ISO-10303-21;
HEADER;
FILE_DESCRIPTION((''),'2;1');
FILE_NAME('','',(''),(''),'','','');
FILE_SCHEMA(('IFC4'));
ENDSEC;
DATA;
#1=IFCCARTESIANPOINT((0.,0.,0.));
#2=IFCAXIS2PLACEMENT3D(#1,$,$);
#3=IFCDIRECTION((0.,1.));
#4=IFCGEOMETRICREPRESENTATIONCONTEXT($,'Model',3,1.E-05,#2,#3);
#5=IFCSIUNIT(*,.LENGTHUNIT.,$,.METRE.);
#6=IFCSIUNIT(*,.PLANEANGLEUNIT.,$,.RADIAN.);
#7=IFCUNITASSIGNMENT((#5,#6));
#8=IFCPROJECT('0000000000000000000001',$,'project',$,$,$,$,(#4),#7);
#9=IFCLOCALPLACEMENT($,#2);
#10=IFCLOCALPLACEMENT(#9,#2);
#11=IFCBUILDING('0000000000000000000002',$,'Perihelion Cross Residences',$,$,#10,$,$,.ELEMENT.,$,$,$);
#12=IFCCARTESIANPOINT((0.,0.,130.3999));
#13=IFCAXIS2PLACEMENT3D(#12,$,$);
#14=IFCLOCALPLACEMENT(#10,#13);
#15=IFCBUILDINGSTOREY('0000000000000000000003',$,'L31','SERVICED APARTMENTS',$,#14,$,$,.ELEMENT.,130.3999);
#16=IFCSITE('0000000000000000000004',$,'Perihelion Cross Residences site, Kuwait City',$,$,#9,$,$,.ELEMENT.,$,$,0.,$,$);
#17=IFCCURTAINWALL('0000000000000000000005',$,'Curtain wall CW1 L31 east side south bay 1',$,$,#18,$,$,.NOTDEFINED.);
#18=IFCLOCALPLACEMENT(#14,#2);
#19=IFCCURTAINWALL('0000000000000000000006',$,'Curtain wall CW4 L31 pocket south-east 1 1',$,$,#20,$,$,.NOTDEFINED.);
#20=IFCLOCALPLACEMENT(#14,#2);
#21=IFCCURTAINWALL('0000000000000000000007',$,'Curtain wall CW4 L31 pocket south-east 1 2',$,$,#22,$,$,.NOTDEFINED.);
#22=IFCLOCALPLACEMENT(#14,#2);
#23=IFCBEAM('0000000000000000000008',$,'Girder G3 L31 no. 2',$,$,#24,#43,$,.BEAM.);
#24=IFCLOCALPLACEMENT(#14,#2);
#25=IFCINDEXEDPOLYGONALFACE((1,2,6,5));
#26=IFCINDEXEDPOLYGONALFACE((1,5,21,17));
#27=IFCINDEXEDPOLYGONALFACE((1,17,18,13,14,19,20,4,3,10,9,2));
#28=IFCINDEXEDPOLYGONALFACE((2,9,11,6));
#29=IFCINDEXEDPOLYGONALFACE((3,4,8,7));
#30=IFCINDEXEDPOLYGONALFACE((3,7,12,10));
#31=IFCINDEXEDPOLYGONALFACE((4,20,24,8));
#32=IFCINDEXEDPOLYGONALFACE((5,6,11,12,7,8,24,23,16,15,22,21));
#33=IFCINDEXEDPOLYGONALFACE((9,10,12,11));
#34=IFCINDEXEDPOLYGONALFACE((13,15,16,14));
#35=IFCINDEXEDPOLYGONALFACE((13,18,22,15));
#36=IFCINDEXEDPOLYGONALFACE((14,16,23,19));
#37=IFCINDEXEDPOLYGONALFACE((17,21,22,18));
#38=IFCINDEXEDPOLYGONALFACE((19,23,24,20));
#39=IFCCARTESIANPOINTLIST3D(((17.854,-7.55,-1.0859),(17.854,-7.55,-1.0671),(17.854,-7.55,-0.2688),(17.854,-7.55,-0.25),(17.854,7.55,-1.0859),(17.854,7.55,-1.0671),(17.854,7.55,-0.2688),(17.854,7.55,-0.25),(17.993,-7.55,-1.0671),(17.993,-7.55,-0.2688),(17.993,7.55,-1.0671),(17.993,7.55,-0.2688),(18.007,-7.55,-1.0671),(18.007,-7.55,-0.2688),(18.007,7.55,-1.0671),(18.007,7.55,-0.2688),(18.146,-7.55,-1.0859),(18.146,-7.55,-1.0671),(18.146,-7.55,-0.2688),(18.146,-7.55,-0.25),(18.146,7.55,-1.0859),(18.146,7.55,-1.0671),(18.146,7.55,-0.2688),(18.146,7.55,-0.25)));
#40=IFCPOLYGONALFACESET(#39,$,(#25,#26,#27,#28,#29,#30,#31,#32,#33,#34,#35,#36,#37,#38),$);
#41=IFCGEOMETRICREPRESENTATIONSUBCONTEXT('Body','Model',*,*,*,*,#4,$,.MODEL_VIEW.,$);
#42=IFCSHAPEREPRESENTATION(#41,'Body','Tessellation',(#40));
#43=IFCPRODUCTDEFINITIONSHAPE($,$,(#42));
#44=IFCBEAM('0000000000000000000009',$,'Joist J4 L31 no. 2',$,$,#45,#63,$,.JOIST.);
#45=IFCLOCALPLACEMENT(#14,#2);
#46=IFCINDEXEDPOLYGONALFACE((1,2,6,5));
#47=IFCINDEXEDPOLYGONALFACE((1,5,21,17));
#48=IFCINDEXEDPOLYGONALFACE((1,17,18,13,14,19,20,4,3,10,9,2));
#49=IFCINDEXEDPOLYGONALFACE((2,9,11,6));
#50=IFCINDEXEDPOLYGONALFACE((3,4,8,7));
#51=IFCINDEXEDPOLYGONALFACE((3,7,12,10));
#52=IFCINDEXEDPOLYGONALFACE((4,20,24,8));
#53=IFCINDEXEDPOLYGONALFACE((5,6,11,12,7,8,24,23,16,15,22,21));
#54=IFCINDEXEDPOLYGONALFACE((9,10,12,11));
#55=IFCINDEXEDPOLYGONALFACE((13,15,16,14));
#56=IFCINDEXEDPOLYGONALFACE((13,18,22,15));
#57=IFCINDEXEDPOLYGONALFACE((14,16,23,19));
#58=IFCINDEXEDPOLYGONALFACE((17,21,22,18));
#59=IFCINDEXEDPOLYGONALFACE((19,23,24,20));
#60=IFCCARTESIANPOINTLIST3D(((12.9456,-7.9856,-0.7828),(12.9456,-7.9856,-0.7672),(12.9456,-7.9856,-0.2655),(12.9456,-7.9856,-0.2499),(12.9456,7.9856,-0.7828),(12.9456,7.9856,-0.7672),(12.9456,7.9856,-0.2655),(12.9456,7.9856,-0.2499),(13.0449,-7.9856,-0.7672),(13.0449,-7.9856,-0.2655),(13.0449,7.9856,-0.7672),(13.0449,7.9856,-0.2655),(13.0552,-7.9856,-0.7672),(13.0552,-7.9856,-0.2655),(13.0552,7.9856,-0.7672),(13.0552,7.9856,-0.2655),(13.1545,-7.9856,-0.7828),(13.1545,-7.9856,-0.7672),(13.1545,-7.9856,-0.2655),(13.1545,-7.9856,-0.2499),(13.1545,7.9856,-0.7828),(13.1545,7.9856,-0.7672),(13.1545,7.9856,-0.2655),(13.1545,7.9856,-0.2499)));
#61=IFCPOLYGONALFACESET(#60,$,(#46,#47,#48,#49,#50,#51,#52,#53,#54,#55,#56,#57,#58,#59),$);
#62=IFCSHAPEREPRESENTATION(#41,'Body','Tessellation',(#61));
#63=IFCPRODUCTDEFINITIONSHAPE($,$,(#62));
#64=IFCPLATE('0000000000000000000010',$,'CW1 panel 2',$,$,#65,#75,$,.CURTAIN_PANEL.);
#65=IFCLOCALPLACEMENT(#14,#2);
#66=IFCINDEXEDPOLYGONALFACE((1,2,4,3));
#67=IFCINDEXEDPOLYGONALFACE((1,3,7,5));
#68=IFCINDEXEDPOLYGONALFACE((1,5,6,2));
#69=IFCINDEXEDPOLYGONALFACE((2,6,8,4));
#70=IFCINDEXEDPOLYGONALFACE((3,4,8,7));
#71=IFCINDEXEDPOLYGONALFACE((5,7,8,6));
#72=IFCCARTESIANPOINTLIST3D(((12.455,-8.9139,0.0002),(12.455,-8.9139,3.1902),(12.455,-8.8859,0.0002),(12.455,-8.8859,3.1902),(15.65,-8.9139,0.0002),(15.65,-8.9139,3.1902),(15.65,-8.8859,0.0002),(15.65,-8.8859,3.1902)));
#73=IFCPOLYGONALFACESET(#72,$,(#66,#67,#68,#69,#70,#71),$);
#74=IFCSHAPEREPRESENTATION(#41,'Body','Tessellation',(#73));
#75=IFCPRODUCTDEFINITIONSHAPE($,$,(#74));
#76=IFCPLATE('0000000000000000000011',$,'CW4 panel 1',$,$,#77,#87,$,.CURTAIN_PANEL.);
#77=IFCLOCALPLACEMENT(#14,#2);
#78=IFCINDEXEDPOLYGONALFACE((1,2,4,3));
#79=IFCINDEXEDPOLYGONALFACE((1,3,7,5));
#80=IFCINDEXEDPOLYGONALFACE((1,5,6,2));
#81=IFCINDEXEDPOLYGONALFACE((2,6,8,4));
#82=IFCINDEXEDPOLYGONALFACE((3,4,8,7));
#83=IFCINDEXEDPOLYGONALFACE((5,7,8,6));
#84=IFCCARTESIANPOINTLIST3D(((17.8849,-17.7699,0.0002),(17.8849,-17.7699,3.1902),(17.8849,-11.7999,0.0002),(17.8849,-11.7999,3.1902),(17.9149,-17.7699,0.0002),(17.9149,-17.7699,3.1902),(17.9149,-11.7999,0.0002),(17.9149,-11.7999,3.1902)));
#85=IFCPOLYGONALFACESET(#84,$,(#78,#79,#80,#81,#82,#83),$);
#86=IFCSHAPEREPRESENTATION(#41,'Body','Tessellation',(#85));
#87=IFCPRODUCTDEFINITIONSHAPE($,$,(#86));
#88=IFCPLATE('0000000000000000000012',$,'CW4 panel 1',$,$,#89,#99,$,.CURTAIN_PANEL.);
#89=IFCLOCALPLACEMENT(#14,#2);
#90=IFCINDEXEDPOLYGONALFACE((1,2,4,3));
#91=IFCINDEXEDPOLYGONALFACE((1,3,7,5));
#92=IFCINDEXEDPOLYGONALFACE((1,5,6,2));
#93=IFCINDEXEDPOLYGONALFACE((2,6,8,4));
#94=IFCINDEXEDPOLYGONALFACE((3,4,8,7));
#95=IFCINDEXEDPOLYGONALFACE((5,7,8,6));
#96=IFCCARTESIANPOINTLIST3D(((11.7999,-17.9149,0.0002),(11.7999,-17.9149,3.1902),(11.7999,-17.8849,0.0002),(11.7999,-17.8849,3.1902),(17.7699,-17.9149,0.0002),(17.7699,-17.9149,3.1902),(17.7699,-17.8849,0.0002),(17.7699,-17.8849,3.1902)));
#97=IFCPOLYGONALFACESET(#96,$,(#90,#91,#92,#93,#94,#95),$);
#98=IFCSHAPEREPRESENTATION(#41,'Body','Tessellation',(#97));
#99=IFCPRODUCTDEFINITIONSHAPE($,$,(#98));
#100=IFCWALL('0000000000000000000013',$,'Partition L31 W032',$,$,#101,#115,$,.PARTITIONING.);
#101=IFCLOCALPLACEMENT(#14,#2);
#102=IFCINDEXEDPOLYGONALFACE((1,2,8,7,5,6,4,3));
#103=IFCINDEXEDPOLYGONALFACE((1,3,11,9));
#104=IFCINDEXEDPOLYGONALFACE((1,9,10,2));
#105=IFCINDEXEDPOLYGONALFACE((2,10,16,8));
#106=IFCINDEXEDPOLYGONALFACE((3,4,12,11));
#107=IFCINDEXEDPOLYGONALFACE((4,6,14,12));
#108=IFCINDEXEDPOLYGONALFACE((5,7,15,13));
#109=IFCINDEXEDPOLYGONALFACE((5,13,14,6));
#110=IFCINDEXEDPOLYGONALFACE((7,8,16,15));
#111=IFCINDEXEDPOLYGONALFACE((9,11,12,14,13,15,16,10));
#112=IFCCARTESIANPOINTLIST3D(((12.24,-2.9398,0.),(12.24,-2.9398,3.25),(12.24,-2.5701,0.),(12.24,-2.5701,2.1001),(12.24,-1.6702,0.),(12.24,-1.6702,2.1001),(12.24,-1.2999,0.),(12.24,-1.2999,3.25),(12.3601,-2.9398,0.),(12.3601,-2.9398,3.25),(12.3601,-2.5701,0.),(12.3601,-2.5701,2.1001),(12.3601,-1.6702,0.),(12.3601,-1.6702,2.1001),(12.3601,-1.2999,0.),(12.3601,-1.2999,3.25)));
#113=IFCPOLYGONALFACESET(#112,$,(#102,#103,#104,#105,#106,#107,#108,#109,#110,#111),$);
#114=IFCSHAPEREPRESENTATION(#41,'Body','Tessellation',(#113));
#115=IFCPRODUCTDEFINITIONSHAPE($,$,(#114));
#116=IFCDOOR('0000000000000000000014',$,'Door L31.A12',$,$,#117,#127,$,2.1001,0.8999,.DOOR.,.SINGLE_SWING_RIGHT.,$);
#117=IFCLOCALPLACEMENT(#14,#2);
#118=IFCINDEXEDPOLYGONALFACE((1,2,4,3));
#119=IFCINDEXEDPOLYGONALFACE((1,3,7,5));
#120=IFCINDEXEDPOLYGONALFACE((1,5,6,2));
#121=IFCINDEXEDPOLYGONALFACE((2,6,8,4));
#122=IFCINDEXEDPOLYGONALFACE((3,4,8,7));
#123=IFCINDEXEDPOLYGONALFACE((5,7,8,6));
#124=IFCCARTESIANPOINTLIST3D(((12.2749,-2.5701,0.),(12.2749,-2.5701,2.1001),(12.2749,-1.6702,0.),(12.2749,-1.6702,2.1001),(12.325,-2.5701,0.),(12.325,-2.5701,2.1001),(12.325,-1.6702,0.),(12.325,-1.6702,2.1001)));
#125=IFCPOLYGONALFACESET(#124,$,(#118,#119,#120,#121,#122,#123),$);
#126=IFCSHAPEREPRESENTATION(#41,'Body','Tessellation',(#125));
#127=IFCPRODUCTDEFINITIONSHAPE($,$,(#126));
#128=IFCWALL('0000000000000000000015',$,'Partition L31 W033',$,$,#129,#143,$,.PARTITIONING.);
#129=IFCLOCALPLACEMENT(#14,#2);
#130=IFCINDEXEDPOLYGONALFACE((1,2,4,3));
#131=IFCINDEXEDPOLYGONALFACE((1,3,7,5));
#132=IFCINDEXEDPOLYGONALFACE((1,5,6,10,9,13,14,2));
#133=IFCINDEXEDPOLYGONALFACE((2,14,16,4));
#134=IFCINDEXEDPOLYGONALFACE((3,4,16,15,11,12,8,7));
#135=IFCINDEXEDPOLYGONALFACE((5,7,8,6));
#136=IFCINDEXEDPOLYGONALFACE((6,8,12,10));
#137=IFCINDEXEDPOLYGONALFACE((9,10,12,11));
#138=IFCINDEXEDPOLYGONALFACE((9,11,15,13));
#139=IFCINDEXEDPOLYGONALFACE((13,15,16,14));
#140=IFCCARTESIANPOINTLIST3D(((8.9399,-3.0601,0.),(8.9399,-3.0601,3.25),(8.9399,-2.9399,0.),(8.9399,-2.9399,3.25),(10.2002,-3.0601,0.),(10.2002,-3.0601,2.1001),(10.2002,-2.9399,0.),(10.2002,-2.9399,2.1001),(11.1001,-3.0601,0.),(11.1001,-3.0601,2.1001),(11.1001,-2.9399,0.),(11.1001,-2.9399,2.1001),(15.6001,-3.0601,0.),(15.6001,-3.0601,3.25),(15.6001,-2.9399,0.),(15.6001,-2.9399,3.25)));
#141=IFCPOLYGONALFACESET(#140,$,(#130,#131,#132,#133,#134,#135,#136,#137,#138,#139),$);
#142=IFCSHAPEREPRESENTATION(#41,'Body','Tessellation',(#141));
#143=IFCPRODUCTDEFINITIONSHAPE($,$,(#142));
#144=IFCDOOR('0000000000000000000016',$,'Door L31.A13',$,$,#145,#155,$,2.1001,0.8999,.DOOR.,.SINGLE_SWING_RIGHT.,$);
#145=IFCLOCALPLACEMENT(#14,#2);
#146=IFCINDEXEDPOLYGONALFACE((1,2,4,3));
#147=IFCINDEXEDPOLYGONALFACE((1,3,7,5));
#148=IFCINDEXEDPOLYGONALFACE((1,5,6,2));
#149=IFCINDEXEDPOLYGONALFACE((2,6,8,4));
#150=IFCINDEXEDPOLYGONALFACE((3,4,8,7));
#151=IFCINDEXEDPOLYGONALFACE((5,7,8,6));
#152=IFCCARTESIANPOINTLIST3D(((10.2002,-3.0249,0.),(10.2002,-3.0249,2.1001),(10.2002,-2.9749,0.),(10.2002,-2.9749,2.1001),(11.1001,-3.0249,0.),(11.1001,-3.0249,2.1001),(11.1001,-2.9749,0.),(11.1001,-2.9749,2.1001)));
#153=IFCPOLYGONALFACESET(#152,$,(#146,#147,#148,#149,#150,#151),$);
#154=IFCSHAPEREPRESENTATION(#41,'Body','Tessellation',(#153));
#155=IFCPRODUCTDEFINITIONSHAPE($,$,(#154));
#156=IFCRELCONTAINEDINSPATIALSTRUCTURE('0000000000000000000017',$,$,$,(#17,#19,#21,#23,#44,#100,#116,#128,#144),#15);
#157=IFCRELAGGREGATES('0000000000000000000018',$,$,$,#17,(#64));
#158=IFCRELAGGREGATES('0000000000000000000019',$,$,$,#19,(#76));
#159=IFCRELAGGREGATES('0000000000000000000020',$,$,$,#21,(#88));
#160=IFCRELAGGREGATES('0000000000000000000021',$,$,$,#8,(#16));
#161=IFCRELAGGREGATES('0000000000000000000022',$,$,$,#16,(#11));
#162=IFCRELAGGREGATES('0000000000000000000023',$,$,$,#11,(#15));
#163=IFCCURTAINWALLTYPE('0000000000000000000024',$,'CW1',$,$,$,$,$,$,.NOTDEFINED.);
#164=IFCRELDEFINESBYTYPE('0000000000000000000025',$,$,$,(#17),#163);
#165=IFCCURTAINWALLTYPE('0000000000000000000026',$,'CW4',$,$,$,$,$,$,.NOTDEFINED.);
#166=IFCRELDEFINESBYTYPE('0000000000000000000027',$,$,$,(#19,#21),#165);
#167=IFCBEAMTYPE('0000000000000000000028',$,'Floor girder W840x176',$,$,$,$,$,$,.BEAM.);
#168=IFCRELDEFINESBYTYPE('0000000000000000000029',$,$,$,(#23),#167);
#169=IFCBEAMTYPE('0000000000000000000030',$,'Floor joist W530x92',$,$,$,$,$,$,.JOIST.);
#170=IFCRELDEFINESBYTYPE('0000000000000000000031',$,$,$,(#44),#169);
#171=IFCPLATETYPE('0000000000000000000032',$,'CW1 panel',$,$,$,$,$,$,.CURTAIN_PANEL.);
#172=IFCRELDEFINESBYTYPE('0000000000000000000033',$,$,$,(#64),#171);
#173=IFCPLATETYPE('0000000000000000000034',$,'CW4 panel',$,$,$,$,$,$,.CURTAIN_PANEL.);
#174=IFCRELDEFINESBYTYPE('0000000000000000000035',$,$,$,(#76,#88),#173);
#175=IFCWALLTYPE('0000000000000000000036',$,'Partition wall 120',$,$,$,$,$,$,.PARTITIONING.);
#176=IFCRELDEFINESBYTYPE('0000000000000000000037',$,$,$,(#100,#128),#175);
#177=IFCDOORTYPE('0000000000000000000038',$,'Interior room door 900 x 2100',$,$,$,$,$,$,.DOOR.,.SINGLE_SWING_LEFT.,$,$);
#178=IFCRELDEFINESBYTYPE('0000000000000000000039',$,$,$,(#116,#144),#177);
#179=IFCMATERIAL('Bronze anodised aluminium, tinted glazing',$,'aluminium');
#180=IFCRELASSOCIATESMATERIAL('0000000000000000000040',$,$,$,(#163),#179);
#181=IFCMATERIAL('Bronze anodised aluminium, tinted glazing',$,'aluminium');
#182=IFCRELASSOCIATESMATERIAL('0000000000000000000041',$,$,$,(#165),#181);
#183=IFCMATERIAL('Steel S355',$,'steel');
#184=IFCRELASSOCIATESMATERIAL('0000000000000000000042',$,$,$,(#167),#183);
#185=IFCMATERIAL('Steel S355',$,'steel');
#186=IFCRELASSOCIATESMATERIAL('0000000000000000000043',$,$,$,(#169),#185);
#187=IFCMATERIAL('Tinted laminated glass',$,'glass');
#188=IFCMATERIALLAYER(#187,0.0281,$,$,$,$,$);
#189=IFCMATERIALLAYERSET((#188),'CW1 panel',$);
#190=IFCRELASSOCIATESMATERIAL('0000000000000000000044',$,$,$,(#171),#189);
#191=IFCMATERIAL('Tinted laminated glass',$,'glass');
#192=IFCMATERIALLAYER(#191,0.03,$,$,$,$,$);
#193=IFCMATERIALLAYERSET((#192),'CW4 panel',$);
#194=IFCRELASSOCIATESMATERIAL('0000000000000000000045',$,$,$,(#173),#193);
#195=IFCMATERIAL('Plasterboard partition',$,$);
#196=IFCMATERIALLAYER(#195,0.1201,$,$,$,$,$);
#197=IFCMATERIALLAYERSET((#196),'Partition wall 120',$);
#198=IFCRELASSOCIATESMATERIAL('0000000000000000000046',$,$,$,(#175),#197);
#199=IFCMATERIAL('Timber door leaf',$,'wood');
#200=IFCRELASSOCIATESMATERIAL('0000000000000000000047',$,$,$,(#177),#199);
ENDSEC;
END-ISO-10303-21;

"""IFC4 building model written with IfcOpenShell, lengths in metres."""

from ifc_helpers import new_model, si_unit, direction, frame, frame_2d, origin, origin_2d, place, context, subcontext, project, spatial, rectangle, i_section, extrude, material, layer, layer_set, material_profile, profile_set, type_object, element, fill, aggregate, save


model = new_model("IFC4")

# Units and contexts
model_context = context("Model", 3, precision=1e-05, world=origin(), true_north=direction((0.0, 1.0)))
body_context = subcontext(model_context, "Body", "Model", "MODEL_VIEW")
ifc_project = project(units=[si_unit("LENGTHUNIT", "METRE"), si_unit("PLANEANGLEUNIT", "RADIAN")], contexts=[model_context])

# Site, building, storey
site_placement = place(None, origin())
site = spatial("IfcSite", under=ifc_project, at=site_placement, Name="Perihelion Cross Residences site, Kuwait City", CompositionType="ELEMENT", RefElevation=0.0)
building_placement = place(site_placement, origin())
building = spatial("IfcBuilding", under=site, at=building_placement, Name="Perihelion Cross Residences", CompositionType="ELEMENT")
storey_placement = place(building_placement, frame((0.0, 0.0, 130.3999)))
storey = spatial("IfcBuildingStorey", under=building, at=storey_placement, Name="L31", Description="SERVICED APARTMENTS", CompositionType="ELEMENT", Elevation=130.3999)

# Curtain wall
ifc_material_1 = material(Name="Bronze anodised aluminium, tinted glazing", Category="aluminium")
curtain_wall_type_1 = type_object("IfcCurtainWallType", Name="CW1", PredefinedType="NOTDEFINED", material=ifc_material_1)
curtain_wall_1_placement = place(storey_placement, origin())
curtain_wall_1 = element("IfcCurtainWall", 1, at=curtain_wall_1_placement, inside=storey, type_object=curtain_wall_type_1, Name="Curtain wall CW1 L31 east side south bay 1", PredefinedType="NOTDEFINED")

# Curtain walls
ifc_material_2 = material(Name="Bronze anodised aluminium, tinted glazing", Category="aluminium")
curtain_wall_type_2 = type_object("IfcCurtainWallType", Name="CW4", PredefinedType="NOTDEFINED", material=ifc_material_2)
curtain_wall_2_placement = place(storey_placement, origin())
curtain_wall_2 = element("IfcCurtainWall", 2, at=curtain_wall_2_placement, inside=storey, type_object=curtain_wall_type_2, Name="Curtain wall CW4 L31 pocket south-east 1 1", PredefinedType="NOTDEFINED")
curtain_wall_3_placement = place(storey_placement, origin())
curtain_wall_3 = element("IfcCurtainWall", 3, at=curtain_wall_3_placement, inside=storey, type_object=curtain_wall_type_2, Name="Curtain wall CW4 L31 pocket south-east 1 2", PredefinedType="NOTDEFINED")

# Beams
ifc_material_3 = material(Name="Steel S355", Category="steel")
ifc_material_profile_1 = material_profile(ifc_material_3, i_section(OverallWidth=0.292, OverallDepth=0.8359, WebThickness=0.0139, FlangeThickness=0.0188, at=origin_2d()), Name="W840x176")
ifc_profile_set_1 = profile_set([ifc_material_profile_1], Name="Steel S355")
beam_type_1 = type_object("IfcBeamType", Name="Floor girder W840x176", PredefinedType="BEAM", material=ifc_profile_set_1)
beam_1_placement = place(storey_placement, frame((18.0, -7.55, -0.668), z_axis=(0.0, 1.0, 0.0), x_axis=(-1.0, 0.0, 0.0)))
element("IfcBeam", 4, at=beam_1_placement, inside=storey, type_object=beam_type_1, Name="Girder G3 L31 no. 2", PredefinedType="BEAM", context=body_context, shape_type="SweptSolid", body=[
    extrude(i_section(OverallWidth=0.292, OverallDepth=0.8359, WebThickness=0.0139, FlangeThickness=0.0188, at=origin_2d()), origin(), (0.0, 0.0, 1.0), 15.1001),
])
ifc_material_4 = material(Name="Steel S355", Category="steel")
ifc_material_profile_2 = material_profile(ifc_material_4, i_section(OverallWidth=0.209, OverallDepth=0.533, WebThickness=0.0103, FlangeThickness=0.0156, at=origin_2d()), Name="W530x92")
ifc_profile_set_2 = profile_set([ifc_material_profile_2], Name="Steel S355")
beam_type_2 = type_object("IfcBeamType", Name="Floor joist W530x92", PredefinedType="JOIST", material=ifc_profile_set_2)
beam_2_placement = place(storey_placement, frame((13.05, -7.9856, -0.5164), z_axis=(0.0, 1.0, 0.0), x_axis=(-1.0, 0.0, 0.0)))
element("IfcBeam", 5, at=beam_2_placement, inside=storey, type_object=beam_type_2, Name="Joist J4 L31 no. 2", PredefinedType="JOIST", context=body_context, shape_type="SweptSolid", body=[
    extrude(i_section(OverallWidth=0.209, OverallDepth=0.533, WebThickness=0.0103, FlangeThickness=0.0156, at=origin_2d()), origin(), (0.0, 0.0, 1.0), 15.9712),
])

# Plates
ifc_material_5 = material(Name="Tinted laminated glass", Category="glass")
ifc_layer_1 = layer(ifc_material_5, 0.0281)
ifc_layer_set_1 = layer_set([ifc_layer_1], Name="CW1 panel")
plate_type_1 = type_object("IfcPlateType", Name="CW1 panel", PredefinedType="CURTAIN_PANEL", material=ifc_layer_set_1)
plate_1_placement = place(storey_placement, frame((14.0525, -8.8999, 0.0002), z_axis=(0.0, 0.0, 1.0), x_axis=(1.0, 0.0, 0.0)))
plate_1 = element("IfcPlate", 6, at=plate_1_placement, type_object=plate_type_1, Name="CW1 panel 2", PredefinedType="CURTAIN_PANEL", context=body_context, shape_type="SweptSolid", body=[
    extrude(rectangle(XDim=3.1951, YDim=0.0281, at=origin_2d()), origin(), (0.0, 0.0, 1.0), 3.1899),
])
aggregate(curtain_wall_1, [plate_1])
ifc_material_6 = material(Name="Tinted laminated glass", Category="glass")
ifc_layer_2 = layer(ifc_material_6, 0.03)
ifc_layer_set_2 = layer_set([ifc_layer_2], Name="CW4 panel")
plate_type_2 = type_object("IfcPlateType", Name="CW4 panel", PredefinedType="CURTAIN_PANEL", material=ifc_layer_set_2)
plate_2_placement = place(storey_placement, frame((17.8999, -14.7849, 0.0002), z_axis=(0.0, 0.0, 1.0), x_axis=(0.0, -1.0, 0.0)))
plate_2 = element("IfcPlate", 7, at=plate_2_placement, type_object=plate_type_2, Name="CW4 panel 1", PredefinedType="CURTAIN_PANEL", context=body_context, shape_type="SweptSolid", body=[
    extrude(rectangle(XDim=5.97, YDim=0.03, at=origin_2d()), origin(), (0.0, 0.0, 1.0), 3.1899),
])
aggregate(curtain_wall_2, [plate_2])
plate_3_placement = place(storey_placement, frame((14.7849, -17.8999, 0.0002), z_axis=(0.0, 0.0, 1.0), x_axis=(-1.0, 0.0, 0.0)))
plate_3 = element("IfcPlate", 8, at=plate_3_placement, type_object=plate_type_2, Name="CW4 panel 1", PredefinedType="CURTAIN_PANEL", context=body_context, shape_type="SweptSolid", body=[
    extrude(rectangle(XDim=5.97, YDim=0.03, at=origin_2d()), origin(), (0.0, 0.0, 1.0), 3.1899),
])
aggregate(curtain_wall_3, [plate_3])

# Walls, openings, doors
ifc_material_7 = material(Name="Plasterboard partition")
ifc_layer_3 = layer(ifc_material_7, 0.1201)
ifc_layer_set_3 = layer_set([ifc_layer_3], Name="Partition wall 120")
wall_type_1 = type_object("IfcWallType", Name="Partition wall 120", PredefinedType="PARTITIONING", material=ifc_layer_set_3)
wall_1_placement = place(storey_placement, frame((12.3, -1.3, 0.0), z_axis=(0.0, 0.0, 1.0), x_axis=(0.0, -1.0, 0.0)))
wall_1 = element("IfcWall", 9, at=wall_1_placement, inside=storey, type_object=wall_type_1, Name="Partition L31 W032", PredefinedType="PARTITIONING", context=body_context, shape_type="SweptSolid", body=[
    extrude(rectangle(XDim=1.6399, YDim=0.1201, at=frame_2d((0.8198, 0.0))), origin(), (0.0, 0.0, 1.0), 3.25),
])
opening_1_placement = place(wall_1_placement, frame((0.3701, 0.0, 0.0)))
opening_1 = element("IfcOpeningElement", 10, at=opening_1_placement, cuts=wall_1, PredefinedType="OPENING", context=body_context, shape_type="SweptSolid", body=[
    extrude(rectangle(XDim=0.8999, YDim=2.1001, at=frame_2d((0.45, 1.05))), frame((0.0, 0.0701, 0.0), z_axis=(0.0, -1.0, 0.0), x_axis=(1.0, 0.0, 0.0)), (0.0, 0.0, 1.0), 0.1401),
])
ifc_material_8 = material(Name="Timber door leaf", Category="wood")
door_type_1 = type_object("IfcDoorType", Name="Interior room door 900 x 2100", OperationType="SINGLE_SWING_LEFT", PredefinedType="DOOR", material=ifc_material_8)
door_1_placement = place(opening_1_placement, origin())
door_1 = element("IfcDoor", 11, at=door_1_placement, inside=storey, type_object=door_type_1, Name="Door L31.A12", OperationType="SINGLE_SWING_RIGHT", OverallHeight=2.1001, OverallWidth=0.8999, PredefinedType="DOOR", context=body_context, shape_type="SweptSolid", body=[
    extrude(rectangle(XDim=0.8999, YDim=2.1001, at=frame_2d((0.45, 1.05))), frame((0.0, 0.0249, 0.0), z_axis=(0.0, -1.0, 0.0), x_axis=(1.0, 0.0, 0.0)), (0.0, 0.0, 1.0), 0.05),
])
fill(opening_1, door_1)
wall_2_placement = place(storey_placement, frame((15.6001, -3.0, 0.0), z_axis=(0.0, 0.0, 1.0), x_axis=(-1.0, 0.0, 0.0)))
wall_2 = element("IfcWall", 12, at=wall_2_placement, inside=storey, type_object=wall_type_1, Name="Partition L31 W033", PredefinedType="PARTITIONING", context=body_context, shape_type="SweptSolid", body=[
    extrude(rectangle(XDim=6.6602, YDim=0.1201, at=frame_2d((3.3301, 0.0))), origin(), (0.0, 0.0, 1.0), 3.25),
])
opening_2_placement = place(wall_2_placement, frame((4.5, 0.0, 0.0)))
opening_2 = element("IfcOpeningElement", 13, at=opening_2_placement, cuts=wall_2, PredefinedType="OPENING", context=body_context, shape_type="SweptSolid", body=[
    extrude(rectangle(XDim=0.8999, YDim=2.1001, at=frame_2d((0.45, 1.05))), frame((0.0, 0.0701, 0.0), z_axis=(0.0, -1.0, 0.0), x_axis=(1.0, 0.0, 0.0)), (0.0, 0.0, 1.0), 0.1401),
])
door_2_placement = place(opening_2_placement, origin())
door_2 = element("IfcDoor", 14, at=door_2_placement, inside=storey, type_object=door_type_1, Name="Door L31.A13", OperationType="SINGLE_SWING_RIGHT", OverallHeight=2.1001, OverallWidth=0.8999, PredefinedType="DOOR", context=body_context, shape_type="SweptSolid", body=[
    extrude(rectangle(XDim=0.8999, YDim=2.1001, at=frame_2d((0.45, 1.05))), frame((0.0, 0.0249, 0.0), z_axis=(0.0, -1.0, 0.0), x_axis=(1.0, 0.0, 0.0)), (0.0, 0.0, 1.0), 0.05),
])
fill(opening_2, door_2)

save(model, "model.ifc")
